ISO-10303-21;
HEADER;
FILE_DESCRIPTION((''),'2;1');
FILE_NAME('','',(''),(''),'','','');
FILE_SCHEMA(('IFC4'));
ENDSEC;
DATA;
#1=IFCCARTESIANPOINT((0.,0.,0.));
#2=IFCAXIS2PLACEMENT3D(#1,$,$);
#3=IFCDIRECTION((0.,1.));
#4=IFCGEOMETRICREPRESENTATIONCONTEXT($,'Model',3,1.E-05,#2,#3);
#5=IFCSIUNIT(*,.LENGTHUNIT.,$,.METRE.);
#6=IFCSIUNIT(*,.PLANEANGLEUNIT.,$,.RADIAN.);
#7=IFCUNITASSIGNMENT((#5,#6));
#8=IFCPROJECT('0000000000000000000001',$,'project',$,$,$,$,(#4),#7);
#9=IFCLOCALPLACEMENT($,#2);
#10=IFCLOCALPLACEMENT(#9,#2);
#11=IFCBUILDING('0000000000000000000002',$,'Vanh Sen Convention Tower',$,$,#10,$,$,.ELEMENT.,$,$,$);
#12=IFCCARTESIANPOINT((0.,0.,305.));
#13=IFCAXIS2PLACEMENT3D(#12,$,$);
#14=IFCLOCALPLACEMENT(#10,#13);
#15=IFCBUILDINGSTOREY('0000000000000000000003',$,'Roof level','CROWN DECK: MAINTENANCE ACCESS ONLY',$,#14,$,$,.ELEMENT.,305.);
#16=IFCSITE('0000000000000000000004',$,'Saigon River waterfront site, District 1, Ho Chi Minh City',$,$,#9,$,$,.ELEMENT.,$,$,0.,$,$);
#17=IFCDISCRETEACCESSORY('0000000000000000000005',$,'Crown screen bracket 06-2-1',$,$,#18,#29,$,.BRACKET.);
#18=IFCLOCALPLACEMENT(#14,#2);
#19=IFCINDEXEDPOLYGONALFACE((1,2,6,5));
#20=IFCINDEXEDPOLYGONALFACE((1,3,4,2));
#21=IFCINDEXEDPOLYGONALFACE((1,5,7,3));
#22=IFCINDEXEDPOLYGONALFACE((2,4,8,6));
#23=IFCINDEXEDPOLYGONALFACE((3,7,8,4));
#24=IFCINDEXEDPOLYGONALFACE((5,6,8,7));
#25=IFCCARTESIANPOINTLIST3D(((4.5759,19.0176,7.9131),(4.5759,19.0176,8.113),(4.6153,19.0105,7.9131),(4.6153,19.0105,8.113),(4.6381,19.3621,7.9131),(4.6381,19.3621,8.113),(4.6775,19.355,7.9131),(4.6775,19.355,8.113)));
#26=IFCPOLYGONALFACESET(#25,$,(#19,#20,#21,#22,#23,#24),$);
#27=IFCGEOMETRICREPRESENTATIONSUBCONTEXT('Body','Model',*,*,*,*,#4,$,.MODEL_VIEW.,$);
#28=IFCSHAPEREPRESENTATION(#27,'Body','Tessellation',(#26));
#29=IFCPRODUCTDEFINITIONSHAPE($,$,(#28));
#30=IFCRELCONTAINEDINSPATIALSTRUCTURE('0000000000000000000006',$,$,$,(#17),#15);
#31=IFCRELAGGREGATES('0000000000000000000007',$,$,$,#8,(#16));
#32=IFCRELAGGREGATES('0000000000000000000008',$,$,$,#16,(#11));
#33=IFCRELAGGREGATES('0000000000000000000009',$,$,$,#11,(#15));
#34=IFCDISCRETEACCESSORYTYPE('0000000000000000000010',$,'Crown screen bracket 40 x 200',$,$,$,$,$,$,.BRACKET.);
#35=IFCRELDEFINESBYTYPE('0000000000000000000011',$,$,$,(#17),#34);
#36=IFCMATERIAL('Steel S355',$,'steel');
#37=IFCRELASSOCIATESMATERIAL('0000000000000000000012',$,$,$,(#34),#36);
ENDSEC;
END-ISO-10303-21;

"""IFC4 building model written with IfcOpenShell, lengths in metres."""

from ifc_helpers import new_model, si_unit, direction, frame, origin, origin_2d, place, context, subcontext, project, spatial, rectangle, extrude, material, type_object, element, save


model = new_model("IFC4")

# Units and contexts
model_context = context("Model", 3, precision=1e-05, world=origin(), true_north=direction((0.0, 1.0)))
body_context = subcontext(model_context, "Body", "Model", "MODEL_VIEW")
ifc_project = project(units=[si_unit("LENGTHUNIT", "METRE"), si_unit("PLANEANGLEUNIT", "RADIAN")], contexts=[model_context])

# Site, building, storey
site_placement = place(None, origin())
site = spatial("IfcSite", under=ifc_project, at=site_placement, Name="Saigon River waterfront site, District 1, Ho Chi Minh City", CompositionType="ELEMENT", RefElevation=0.0)
building_placement = place(site_placement, origin())
building = spatial("IfcBuilding", under=site, at=building_placement, Name="Vanh Sen Convention Tower", CompositionType="ELEMENT")
storey_placement = place(building_placement, frame((0.0, 0.0, 305.0)))
storey = spatial("IfcBuildingStorey", under=building, at=storey_placement, Name="Roof level", Description="CROWN DECK: MAINTENANCE ACCESS ONLY", CompositionType="ELEMENT", Elevation=305.0)

# Discrete accessory
ifc_material_1 = material(Name="Steel S355", Category="steel")
discrete_accessory_type_1 = type_object("IfcDiscreteAccessoryType", Name="Crown screen bracket 40 x 200", PredefinedType="BRACKET", material=ifc_material_1)
for number, where, z_axis, x_axis, name in (
    (1, (4.6267, 19.1863, 7.9131), (0.0, 0.0, 1.0), (0.177495, 0.984122, 0.0), "Crown screen bracket 06-2-1"),
):
    element("IfcDiscreteAccessory", number, at=place(storey_placement, frame(where, z_axis=z_axis, x_axis=x_axis)), inside=storey, type_object=discrete_accessory_type_1, Name=name, PredefinedType="BRACKET", context=body_context, shape_type="SweptSolid", body=[
        extrude(rectangle(XDim=0.3501, YDim=0.04, at=origin_2d()), origin(), (0.0, 0.0, 1.0), 0.2),
    ])

save(model, "model.ifc")
